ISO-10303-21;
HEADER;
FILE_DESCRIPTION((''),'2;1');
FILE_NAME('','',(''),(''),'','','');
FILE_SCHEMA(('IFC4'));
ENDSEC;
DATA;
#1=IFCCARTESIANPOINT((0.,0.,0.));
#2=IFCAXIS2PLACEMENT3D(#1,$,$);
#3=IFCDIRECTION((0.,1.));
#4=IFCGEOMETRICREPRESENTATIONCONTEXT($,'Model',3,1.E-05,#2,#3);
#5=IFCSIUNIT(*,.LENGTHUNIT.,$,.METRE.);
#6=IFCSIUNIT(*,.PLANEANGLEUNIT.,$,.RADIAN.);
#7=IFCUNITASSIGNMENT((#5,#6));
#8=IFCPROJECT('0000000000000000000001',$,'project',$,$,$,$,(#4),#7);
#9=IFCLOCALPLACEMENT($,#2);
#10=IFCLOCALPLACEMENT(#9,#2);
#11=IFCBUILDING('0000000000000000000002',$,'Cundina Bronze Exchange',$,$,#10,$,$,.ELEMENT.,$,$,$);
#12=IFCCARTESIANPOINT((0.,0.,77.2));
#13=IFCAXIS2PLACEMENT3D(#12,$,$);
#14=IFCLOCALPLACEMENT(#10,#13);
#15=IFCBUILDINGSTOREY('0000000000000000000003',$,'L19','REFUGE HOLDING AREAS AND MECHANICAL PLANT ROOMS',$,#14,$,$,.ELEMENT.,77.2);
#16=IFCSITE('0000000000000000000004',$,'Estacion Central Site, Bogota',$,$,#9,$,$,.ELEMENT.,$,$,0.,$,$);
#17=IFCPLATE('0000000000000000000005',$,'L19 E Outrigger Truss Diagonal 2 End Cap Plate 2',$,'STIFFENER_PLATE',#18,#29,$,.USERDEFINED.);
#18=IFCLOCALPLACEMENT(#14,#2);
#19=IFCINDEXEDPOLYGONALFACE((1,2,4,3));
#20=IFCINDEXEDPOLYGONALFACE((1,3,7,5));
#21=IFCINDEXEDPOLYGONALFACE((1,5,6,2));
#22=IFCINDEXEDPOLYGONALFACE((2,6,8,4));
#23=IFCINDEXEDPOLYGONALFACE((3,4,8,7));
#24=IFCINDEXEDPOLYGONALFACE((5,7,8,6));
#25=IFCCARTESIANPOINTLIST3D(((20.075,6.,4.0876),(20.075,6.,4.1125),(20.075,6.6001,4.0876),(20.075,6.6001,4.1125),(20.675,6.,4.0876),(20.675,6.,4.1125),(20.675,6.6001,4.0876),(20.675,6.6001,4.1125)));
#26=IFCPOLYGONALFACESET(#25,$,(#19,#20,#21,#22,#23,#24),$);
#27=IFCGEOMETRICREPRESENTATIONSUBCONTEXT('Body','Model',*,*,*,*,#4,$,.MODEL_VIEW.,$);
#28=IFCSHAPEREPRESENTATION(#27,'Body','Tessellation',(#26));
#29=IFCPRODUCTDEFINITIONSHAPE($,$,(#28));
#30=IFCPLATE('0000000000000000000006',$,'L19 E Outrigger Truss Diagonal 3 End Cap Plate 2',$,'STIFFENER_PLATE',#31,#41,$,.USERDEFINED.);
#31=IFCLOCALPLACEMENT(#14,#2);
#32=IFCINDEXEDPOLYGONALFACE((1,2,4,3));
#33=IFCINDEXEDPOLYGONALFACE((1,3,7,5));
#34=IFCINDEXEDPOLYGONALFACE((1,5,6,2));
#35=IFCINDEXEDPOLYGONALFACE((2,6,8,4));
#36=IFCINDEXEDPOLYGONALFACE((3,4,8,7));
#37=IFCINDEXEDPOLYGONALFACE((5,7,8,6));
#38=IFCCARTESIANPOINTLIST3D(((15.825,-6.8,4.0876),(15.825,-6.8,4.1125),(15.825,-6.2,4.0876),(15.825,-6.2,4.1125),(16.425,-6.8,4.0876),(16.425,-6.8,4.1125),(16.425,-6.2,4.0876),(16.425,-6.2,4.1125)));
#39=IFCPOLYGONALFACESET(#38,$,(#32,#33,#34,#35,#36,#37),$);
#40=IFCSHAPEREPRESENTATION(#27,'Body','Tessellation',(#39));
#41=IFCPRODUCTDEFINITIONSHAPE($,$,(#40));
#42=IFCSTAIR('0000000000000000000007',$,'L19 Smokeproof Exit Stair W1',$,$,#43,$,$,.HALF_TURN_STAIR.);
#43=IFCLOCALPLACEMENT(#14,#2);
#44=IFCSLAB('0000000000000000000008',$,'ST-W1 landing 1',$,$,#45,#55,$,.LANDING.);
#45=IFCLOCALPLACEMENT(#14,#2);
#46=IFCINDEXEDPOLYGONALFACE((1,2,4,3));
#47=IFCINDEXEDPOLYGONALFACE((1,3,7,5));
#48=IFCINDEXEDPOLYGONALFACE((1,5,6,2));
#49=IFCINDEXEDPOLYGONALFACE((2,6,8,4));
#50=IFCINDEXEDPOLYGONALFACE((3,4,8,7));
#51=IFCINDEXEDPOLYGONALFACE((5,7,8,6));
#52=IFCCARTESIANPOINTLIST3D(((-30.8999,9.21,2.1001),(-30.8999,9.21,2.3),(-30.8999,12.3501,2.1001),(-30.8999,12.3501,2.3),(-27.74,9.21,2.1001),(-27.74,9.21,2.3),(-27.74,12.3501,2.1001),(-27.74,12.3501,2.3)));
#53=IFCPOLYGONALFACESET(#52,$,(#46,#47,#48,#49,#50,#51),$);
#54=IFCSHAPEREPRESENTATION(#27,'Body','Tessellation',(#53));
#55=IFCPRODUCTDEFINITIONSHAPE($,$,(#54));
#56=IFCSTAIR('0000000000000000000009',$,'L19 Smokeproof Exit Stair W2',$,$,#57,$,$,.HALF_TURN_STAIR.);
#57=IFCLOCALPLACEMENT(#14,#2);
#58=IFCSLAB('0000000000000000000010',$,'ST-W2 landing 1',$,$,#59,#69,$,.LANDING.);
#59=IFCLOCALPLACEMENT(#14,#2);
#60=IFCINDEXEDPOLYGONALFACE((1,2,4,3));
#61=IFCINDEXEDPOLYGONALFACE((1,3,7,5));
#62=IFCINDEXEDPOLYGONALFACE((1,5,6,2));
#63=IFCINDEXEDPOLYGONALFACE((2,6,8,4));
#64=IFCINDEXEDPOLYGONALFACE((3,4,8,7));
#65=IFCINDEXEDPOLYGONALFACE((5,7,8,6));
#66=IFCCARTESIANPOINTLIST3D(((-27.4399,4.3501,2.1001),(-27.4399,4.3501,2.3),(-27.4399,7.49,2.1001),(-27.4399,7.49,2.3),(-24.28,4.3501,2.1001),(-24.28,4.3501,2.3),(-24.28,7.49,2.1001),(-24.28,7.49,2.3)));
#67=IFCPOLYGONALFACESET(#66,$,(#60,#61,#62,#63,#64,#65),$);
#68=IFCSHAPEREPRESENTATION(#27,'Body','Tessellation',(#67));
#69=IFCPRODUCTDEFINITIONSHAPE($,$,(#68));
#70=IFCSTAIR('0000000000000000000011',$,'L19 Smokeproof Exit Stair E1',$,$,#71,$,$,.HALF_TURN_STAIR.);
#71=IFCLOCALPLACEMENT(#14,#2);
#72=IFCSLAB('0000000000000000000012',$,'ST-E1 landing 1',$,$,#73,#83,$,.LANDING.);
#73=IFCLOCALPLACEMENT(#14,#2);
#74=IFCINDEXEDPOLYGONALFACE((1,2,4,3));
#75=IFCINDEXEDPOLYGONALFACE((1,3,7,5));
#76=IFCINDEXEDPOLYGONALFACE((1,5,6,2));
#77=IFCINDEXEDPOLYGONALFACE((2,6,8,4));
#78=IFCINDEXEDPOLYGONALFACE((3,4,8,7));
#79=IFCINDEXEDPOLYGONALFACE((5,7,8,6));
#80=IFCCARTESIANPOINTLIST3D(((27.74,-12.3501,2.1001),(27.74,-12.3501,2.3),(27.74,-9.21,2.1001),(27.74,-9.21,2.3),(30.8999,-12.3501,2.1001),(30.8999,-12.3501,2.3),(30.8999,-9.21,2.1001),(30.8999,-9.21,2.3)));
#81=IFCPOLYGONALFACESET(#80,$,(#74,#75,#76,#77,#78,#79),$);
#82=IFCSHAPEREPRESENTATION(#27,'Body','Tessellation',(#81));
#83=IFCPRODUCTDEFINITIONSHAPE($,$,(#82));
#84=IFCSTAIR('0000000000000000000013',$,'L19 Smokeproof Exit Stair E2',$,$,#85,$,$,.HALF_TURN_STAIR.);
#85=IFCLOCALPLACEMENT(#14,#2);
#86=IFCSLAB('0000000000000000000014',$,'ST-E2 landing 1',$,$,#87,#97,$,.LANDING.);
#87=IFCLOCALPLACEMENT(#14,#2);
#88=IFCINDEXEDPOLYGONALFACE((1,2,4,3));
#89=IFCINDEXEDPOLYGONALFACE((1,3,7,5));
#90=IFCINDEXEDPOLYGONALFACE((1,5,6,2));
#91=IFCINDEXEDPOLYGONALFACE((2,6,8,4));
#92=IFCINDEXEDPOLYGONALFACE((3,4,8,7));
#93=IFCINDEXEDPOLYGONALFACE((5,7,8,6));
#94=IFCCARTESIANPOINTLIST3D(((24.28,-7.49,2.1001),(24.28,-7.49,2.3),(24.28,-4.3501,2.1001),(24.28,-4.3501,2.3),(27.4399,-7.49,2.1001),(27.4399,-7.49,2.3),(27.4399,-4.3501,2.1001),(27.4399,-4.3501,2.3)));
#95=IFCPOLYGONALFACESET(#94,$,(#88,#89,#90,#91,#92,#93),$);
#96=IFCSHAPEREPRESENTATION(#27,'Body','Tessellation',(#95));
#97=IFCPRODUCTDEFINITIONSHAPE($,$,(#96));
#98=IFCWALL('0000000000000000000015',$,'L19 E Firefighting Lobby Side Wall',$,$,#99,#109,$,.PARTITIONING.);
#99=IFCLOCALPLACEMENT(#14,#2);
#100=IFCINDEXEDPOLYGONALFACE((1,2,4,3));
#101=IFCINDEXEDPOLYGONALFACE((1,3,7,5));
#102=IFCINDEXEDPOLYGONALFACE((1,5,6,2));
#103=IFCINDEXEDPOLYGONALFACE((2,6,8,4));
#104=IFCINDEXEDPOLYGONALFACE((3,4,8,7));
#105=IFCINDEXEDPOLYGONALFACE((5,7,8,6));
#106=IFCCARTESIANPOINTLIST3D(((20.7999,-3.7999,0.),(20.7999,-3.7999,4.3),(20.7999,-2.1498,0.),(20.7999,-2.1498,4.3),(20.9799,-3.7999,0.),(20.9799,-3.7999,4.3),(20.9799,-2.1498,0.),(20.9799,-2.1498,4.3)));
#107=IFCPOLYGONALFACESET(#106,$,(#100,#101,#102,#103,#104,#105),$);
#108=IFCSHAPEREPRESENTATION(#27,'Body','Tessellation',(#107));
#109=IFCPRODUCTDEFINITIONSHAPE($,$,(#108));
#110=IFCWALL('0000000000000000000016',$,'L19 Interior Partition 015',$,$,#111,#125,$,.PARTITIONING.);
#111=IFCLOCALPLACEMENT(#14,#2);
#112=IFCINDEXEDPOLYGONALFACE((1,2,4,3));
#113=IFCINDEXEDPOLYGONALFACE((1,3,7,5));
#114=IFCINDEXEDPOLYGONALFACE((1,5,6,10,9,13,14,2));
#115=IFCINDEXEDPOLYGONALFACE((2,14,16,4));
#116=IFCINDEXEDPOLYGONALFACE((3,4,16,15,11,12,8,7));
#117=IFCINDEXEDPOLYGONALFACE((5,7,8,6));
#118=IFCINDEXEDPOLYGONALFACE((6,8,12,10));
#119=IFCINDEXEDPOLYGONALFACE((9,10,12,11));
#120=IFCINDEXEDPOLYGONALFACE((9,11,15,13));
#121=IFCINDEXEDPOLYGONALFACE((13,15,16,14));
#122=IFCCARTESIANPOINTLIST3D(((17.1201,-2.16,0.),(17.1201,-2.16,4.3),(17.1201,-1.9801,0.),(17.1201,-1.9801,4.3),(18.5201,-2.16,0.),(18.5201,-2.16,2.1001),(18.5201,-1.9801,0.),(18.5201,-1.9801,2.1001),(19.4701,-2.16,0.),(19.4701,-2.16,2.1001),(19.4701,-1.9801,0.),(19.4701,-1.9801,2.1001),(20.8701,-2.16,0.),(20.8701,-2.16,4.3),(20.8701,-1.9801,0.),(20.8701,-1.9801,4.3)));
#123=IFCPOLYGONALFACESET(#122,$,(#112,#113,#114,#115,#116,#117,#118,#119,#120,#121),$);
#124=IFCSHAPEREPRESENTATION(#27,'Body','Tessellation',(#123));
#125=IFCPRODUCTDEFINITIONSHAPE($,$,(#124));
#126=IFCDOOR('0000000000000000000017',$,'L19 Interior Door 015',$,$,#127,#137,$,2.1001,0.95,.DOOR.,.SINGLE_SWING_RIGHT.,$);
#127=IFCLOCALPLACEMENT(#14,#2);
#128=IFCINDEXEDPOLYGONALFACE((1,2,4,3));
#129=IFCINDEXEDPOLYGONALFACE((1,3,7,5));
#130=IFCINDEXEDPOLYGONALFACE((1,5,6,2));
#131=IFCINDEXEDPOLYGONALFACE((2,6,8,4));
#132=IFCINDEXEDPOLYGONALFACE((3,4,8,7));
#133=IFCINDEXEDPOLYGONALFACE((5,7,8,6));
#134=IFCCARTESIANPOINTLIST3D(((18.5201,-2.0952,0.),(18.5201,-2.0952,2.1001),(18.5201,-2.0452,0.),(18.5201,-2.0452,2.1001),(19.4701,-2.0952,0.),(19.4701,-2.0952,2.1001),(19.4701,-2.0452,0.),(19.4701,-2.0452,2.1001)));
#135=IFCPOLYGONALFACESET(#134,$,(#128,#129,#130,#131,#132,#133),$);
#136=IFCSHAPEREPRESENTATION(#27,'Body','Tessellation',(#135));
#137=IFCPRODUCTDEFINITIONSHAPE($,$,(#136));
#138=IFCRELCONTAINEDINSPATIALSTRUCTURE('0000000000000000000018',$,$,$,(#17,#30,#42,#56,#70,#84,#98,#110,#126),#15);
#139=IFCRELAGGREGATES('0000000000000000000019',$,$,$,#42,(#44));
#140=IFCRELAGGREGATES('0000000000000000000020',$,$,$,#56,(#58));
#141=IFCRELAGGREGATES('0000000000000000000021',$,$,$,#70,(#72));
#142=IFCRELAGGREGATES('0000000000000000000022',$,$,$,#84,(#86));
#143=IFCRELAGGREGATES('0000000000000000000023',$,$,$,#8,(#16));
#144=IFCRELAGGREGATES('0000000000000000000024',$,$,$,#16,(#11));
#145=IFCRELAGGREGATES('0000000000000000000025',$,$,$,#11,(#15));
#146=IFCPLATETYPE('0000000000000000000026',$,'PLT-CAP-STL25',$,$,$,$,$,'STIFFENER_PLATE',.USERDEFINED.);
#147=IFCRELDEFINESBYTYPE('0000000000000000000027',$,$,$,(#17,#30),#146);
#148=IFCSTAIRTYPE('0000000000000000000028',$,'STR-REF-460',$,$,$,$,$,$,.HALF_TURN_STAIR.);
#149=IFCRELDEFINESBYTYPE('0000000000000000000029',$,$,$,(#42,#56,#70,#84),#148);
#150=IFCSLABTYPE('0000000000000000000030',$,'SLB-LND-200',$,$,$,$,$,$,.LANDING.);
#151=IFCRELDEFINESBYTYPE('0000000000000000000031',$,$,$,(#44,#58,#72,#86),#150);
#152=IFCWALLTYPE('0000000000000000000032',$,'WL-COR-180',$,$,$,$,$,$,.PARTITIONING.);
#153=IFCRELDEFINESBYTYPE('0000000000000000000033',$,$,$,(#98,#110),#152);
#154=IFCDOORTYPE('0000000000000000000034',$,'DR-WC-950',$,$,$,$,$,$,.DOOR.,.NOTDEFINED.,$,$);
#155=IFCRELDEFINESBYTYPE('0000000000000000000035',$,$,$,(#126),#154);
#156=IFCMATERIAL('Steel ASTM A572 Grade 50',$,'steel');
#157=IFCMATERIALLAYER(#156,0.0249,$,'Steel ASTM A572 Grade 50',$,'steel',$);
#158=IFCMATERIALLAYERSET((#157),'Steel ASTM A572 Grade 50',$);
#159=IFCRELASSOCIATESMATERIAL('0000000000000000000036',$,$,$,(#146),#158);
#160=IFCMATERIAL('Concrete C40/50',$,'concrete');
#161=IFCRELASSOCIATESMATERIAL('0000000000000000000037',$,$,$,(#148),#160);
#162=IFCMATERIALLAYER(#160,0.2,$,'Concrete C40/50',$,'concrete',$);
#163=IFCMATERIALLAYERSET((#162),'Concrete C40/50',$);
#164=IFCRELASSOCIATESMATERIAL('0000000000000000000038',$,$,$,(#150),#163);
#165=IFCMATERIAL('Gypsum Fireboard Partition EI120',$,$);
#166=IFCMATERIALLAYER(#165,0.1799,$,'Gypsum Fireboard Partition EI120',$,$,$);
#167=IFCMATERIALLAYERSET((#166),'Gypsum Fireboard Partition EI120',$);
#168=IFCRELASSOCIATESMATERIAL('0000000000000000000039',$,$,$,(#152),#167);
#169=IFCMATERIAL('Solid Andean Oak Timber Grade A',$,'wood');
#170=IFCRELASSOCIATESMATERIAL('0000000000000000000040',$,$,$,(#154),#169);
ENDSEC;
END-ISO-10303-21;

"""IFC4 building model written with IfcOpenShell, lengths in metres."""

from ifc_helpers import new_model, si_unit, direction, frame, frame_2d, origin, origin_2d, place, context, subcontext, project, spatial, polyline, rectangle, outline, extrude, material, layer, layer_set, type_object, element, fill, aggregate, save


model = new_model("IFC4")

# Units and contexts
model_context = context("Model", 3, precision=1e-05, world=origin(), true_north=direction((0.0, 1.0)))
body_context = subcontext(model_context, "Body", "Model", "MODEL_VIEW")
ifc_project = project(units=[si_unit("LENGTHUNIT", "METRE"), si_unit("PLANEANGLEUNIT", "RADIAN")], contexts=[model_context])

# Site, building, storey
site_placement = place(None, origin())
site = spatial("IfcSite", under=ifc_project, at=site_placement, Name="Estacion Central Site, Bogota", CompositionType="ELEMENT", RefElevation=0.0)
building_placement = place(site_placement, origin())
building = spatial("IfcBuilding", under=site, at=building_placement, Name="Cundina Bronze Exchange", CompositionType="ELEMENT")
storey_placement = place(building_placement, frame((0.0, 0.0, 77.2)))
storey = spatial("IfcBuildingStorey", under=building, at=storey_placement, Name="L19", Description="REFUGE HOLDING AREAS AND MECHANICAL PLANT ROOMS", CompositionType="ELEMENT", Elevation=77.2)

# Plates
ifc_material_1 = material(Name="Steel ASTM A572 Grade 50", Category="steel")
ifc_layer_1 = layer(ifc_material_1, 0.0249, Name="Steel ASTM A572 Grade 50", Category="steel")
ifc_layer_set_1 = layer_set([ifc_layer_1], Name="Steel ASTM A572 Grade 50")
plate_type = type_object("IfcPlateType", Name="PLT-CAP-STL25", ElementType="STIFFENER_PLATE", PredefinedType="USERDEFINED", material=ifc_layer_set_1)
for number, where, z_axis, x_axis, name in (
    (1, (20.375, 6.3, 4.0876), (0.0, 0.0, 1.0), (1.0, 0.0, 0.0), "L19 E Outrigger Truss Diagonal 2 End Cap Plate 2"),
    (2, (16.125, -6.5, 4.0876), (0.0, 0.0, 1.0), (1.0, 0.0, 0.0), "L19 E Outrigger Truss Diagonal 3 End Cap Plate 2"),
):
    element("IfcPlate", number, at=place(storey_placement, frame(where, z_axis=z_axis, x_axis=x_axis)), inside=storey, type_object=plate_type, Name=name, ObjectType="STIFFENER_PLATE", PredefinedType="USERDEFINED", context=body_context, shape_type="SweptSolid", body=[
        extrude(rectangle(XDim=0.6001, YDim=0.6001, at=origin_2d()), origin(), (0.0, 0.0, 1.0), 0.0249),
    ])

# Stairs, slabs
ifc_material_2 = material(Name="Concrete C40/50", Category="concrete")
stair_type = type_object("IfcStairType", Name="STR-REF-460", PredefinedType="HALF_TURN_STAIR", material=ifc_material_2)
stair_1_placement = place(storey_placement, origin())
stair_1 = element("IfcStair", 3, at=stair_1_placement, inside=storey, type_object=stair_type, Name="L19 Smokeproof Exit Stair W1", PredefinedType="HALF_TURN_STAIR")
ifc_layer_2 = layer(ifc_material_2, 0.2, Name="Concrete C40/50", Category="concrete")
ifc_layer_set_2 = layer_set([ifc_layer_2], Name="Concrete C40/50")
slab_type = type_object("IfcSlabType", Name="SLB-LND-200", PredefinedType="LANDING", material=ifc_layer_set_2)
slab_1_placement = place(storey_placement, frame((0.0, 0.0, 2.1001)))
slab_1 = element("IfcSlab", 4, at=slab_1_placement, type_object=slab_type, Name="ST-W1 landing 1", PredefinedType="LANDING", context=body_context, shape_type="SweptSolid", body=[
    extrude(outline(polyline([(-27.74, 9.21), (-27.74, 12.3501), (-30.8999, 12.3501), (-30.8999, 9.21), (-27.74, 9.21)])), origin(), (0.0, 0.0, 1.0), 0.2),
])
aggregate(stair_1, [slab_1])
stair_2_placement = place(storey_placement, origin())
stair_2 = element("IfcStair", 5, at=stair_2_placement, inside=storey, type_object=stair_type, Name="L19 Smokeproof Exit Stair W2", PredefinedType="HALF_TURN_STAIR")
slab_2_placement = place(storey_placement, frame((0.0, 0.0, 2.1001)))
slab_2 = element("IfcSlab", 6, at=slab_2_placement, type_object=slab_type, Name="ST-W2 landing 1", PredefinedType="LANDING", context=body_context, shape_type="SweptSolid", body=[
    extrude(outline(polyline([(-27.4399, 7.49), (-27.4399, 4.3501), (-24.28, 4.3501), (-24.28, 7.49), (-27.4399, 7.49)])), origin(), (0.0, 0.0, 1.0), 0.2),
])
aggregate(stair_2, [slab_2])
stair_3_placement = place(storey_placement, origin())
stair_3 = element("IfcStair", 7, at=stair_3_placement, inside=storey, type_object=stair_type, Name="L19 Smokeproof Exit Stair E1", PredefinedType="HALF_TURN_STAIR")
slab_3_placement = place(storey_placement, frame((0.0, 0.0, 2.1001)))
slab_3 = element("IfcSlab", 8, at=slab_3_placement, type_object=slab_type, Name="ST-E1 landing 1", PredefinedType="LANDING", context=body_context, shape_type="SweptSolid", body=[
    extrude(outline(polyline([(27.74, -9.21), (27.74, -12.3501), (30.8999, -12.3501), (30.8999, -9.21), (27.74, -9.21)])), origin(), (0.0, 0.0, 1.0), 0.2),
])
aggregate(stair_3, [slab_3])
stair_4_placement = place(storey_placement, origin())
stair_4 = element("IfcStair", 9, at=stair_4_placement, inside=storey, type_object=stair_type, Name="L19 Smokeproof Exit Stair E2", PredefinedType="HALF_TURN_STAIR")
slab_4_placement = place(storey_placement, frame((0.0, 0.0, 2.1001)))
slab_4 = element("IfcSlab", 10, at=slab_4_placement, type_object=slab_type, Name="ST-E2 landing 1", PredefinedType="LANDING", context=body_context, shape_type="SweptSolid", body=[
    extrude(outline(polyline([(27.4399, -7.49), (27.4399, -4.3501), (24.28, -4.3501), (24.28, -7.49), (27.4399, -7.49)])), origin(), (0.0, 0.0, 1.0), 0.2),
])
aggregate(stair_4, [slab_4])

# Wall
ifc_material_3 = material(Name="Gypsum Fireboard Partition EI120")
ifc_layer_3 = layer(ifc_material_3, 0.1799, Name="Gypsum Fireboard Partition EI120")
ifc_layer_set_3 = layer_set([ifc_layer_3], Name="Gypsum Fireboard Partition EI120")
wall_type_1 = type_object("IfcWallType", Name="WL-COR-180", PredefinedType="PARTITIONING", material=ifc_layer_set_3)
wall_1_placement = place(storey_placement, frame((20.8899, -3.8, 0.0), z_axis=(0.0, 0.0, 1.0), x_axis=(0.0, 1.0, 0.0)))
element("IfcWall", 11, at=wall_1_placement, inside=storey, type_object=wall_type_1, Name="L19 E Firefighting Lobby Side Wall", PredefinedType="PARTITIONING", context=body_context, shape_type="SweptSolid", body=[
    extrude(rectangle(XDim=1.6501, YDim=0.1799, at=frame_2d((0.8252, 0.0))), origin(), (0.0, 0.0, 1.0), 4.3),
])

# Wall, opening, door
wall_2_placement = place(storey_placement, frame((17.1201, -2.0701, 0.0), z_axis=(0.0, 0.0, 1.0), x_axis=(1.0, 0.0, 0.0)))
wall_2 = element("IfcWall", 12, at=wall_2_placement, inside=storey, type_object=wall_type_1, Name="L19 Interior Partition 015", PredefinedType="PARTITIONING", context=body_context, shape_type="SweptSolid", body=[
    extrude(rectangle(XDim=3.75, YDim=0.1799, at=frame_2d((1.875, 0.0))), origin(), (0.0, 0.0, 1.0), 4.3),
])
opening_1_placement = place(wall_2_placement, frame((1.3999, 0.0, 0.0)))
opening_1 = element("IfcOpeningElement", 13, at=opening_1_placement, cuts=wall_2, PredefinedType="OPENING", context=body_context, shape_type="SweptSolid", body=[
    extrude(rectangle(XDim=0.95, YDim=2.1001, at=frame_2d((0.4751, 1.05))), frame((0.0, 0.0999, 0.0), z_axis=(0.0, -1.0, 0.0), x_axis=(1.0, 0.0, 0.0)), (0.0, 0.0, 1.0), 0.2),
])
ifc_material_4 = material(Name="Solid Andean Oak Timber Grade A", Category="wood")
door_type_1 = type_object("IfcDoorType", Name="DR-WC-950", OperationType="NOTDEFINED", PredefinedType="DOOR", material=ifc_material_4)
door_1_placement = place(opening_1_placement, origin())
door_1 = element("IfcDoor", 14, at=door_1_placement, inside=storey, type_object=door_type_1, Name="L19 Interior Door 015", OperationType="SINGLE_SWING_RIGHT", OverallHeight=2.1001, OverallWidth=0.95, PredefinedType="DOOR", context=body_context, shape_type="SweptSolid", body=[
    extrude(rectangle(XDim=0.95, YDim=2.1001, at=frame_2d((0.4751, 1.05))), frame((0.0, 0.0249, 0.0), z_axis=(0.0, -1.0, 0.0), x_axis=(1.0, 0.0, 0.0)), (0.0, 0.0, 1.0), 0.05),
])
fill(opening_1, door_1)

save(model, "model.ifc")
